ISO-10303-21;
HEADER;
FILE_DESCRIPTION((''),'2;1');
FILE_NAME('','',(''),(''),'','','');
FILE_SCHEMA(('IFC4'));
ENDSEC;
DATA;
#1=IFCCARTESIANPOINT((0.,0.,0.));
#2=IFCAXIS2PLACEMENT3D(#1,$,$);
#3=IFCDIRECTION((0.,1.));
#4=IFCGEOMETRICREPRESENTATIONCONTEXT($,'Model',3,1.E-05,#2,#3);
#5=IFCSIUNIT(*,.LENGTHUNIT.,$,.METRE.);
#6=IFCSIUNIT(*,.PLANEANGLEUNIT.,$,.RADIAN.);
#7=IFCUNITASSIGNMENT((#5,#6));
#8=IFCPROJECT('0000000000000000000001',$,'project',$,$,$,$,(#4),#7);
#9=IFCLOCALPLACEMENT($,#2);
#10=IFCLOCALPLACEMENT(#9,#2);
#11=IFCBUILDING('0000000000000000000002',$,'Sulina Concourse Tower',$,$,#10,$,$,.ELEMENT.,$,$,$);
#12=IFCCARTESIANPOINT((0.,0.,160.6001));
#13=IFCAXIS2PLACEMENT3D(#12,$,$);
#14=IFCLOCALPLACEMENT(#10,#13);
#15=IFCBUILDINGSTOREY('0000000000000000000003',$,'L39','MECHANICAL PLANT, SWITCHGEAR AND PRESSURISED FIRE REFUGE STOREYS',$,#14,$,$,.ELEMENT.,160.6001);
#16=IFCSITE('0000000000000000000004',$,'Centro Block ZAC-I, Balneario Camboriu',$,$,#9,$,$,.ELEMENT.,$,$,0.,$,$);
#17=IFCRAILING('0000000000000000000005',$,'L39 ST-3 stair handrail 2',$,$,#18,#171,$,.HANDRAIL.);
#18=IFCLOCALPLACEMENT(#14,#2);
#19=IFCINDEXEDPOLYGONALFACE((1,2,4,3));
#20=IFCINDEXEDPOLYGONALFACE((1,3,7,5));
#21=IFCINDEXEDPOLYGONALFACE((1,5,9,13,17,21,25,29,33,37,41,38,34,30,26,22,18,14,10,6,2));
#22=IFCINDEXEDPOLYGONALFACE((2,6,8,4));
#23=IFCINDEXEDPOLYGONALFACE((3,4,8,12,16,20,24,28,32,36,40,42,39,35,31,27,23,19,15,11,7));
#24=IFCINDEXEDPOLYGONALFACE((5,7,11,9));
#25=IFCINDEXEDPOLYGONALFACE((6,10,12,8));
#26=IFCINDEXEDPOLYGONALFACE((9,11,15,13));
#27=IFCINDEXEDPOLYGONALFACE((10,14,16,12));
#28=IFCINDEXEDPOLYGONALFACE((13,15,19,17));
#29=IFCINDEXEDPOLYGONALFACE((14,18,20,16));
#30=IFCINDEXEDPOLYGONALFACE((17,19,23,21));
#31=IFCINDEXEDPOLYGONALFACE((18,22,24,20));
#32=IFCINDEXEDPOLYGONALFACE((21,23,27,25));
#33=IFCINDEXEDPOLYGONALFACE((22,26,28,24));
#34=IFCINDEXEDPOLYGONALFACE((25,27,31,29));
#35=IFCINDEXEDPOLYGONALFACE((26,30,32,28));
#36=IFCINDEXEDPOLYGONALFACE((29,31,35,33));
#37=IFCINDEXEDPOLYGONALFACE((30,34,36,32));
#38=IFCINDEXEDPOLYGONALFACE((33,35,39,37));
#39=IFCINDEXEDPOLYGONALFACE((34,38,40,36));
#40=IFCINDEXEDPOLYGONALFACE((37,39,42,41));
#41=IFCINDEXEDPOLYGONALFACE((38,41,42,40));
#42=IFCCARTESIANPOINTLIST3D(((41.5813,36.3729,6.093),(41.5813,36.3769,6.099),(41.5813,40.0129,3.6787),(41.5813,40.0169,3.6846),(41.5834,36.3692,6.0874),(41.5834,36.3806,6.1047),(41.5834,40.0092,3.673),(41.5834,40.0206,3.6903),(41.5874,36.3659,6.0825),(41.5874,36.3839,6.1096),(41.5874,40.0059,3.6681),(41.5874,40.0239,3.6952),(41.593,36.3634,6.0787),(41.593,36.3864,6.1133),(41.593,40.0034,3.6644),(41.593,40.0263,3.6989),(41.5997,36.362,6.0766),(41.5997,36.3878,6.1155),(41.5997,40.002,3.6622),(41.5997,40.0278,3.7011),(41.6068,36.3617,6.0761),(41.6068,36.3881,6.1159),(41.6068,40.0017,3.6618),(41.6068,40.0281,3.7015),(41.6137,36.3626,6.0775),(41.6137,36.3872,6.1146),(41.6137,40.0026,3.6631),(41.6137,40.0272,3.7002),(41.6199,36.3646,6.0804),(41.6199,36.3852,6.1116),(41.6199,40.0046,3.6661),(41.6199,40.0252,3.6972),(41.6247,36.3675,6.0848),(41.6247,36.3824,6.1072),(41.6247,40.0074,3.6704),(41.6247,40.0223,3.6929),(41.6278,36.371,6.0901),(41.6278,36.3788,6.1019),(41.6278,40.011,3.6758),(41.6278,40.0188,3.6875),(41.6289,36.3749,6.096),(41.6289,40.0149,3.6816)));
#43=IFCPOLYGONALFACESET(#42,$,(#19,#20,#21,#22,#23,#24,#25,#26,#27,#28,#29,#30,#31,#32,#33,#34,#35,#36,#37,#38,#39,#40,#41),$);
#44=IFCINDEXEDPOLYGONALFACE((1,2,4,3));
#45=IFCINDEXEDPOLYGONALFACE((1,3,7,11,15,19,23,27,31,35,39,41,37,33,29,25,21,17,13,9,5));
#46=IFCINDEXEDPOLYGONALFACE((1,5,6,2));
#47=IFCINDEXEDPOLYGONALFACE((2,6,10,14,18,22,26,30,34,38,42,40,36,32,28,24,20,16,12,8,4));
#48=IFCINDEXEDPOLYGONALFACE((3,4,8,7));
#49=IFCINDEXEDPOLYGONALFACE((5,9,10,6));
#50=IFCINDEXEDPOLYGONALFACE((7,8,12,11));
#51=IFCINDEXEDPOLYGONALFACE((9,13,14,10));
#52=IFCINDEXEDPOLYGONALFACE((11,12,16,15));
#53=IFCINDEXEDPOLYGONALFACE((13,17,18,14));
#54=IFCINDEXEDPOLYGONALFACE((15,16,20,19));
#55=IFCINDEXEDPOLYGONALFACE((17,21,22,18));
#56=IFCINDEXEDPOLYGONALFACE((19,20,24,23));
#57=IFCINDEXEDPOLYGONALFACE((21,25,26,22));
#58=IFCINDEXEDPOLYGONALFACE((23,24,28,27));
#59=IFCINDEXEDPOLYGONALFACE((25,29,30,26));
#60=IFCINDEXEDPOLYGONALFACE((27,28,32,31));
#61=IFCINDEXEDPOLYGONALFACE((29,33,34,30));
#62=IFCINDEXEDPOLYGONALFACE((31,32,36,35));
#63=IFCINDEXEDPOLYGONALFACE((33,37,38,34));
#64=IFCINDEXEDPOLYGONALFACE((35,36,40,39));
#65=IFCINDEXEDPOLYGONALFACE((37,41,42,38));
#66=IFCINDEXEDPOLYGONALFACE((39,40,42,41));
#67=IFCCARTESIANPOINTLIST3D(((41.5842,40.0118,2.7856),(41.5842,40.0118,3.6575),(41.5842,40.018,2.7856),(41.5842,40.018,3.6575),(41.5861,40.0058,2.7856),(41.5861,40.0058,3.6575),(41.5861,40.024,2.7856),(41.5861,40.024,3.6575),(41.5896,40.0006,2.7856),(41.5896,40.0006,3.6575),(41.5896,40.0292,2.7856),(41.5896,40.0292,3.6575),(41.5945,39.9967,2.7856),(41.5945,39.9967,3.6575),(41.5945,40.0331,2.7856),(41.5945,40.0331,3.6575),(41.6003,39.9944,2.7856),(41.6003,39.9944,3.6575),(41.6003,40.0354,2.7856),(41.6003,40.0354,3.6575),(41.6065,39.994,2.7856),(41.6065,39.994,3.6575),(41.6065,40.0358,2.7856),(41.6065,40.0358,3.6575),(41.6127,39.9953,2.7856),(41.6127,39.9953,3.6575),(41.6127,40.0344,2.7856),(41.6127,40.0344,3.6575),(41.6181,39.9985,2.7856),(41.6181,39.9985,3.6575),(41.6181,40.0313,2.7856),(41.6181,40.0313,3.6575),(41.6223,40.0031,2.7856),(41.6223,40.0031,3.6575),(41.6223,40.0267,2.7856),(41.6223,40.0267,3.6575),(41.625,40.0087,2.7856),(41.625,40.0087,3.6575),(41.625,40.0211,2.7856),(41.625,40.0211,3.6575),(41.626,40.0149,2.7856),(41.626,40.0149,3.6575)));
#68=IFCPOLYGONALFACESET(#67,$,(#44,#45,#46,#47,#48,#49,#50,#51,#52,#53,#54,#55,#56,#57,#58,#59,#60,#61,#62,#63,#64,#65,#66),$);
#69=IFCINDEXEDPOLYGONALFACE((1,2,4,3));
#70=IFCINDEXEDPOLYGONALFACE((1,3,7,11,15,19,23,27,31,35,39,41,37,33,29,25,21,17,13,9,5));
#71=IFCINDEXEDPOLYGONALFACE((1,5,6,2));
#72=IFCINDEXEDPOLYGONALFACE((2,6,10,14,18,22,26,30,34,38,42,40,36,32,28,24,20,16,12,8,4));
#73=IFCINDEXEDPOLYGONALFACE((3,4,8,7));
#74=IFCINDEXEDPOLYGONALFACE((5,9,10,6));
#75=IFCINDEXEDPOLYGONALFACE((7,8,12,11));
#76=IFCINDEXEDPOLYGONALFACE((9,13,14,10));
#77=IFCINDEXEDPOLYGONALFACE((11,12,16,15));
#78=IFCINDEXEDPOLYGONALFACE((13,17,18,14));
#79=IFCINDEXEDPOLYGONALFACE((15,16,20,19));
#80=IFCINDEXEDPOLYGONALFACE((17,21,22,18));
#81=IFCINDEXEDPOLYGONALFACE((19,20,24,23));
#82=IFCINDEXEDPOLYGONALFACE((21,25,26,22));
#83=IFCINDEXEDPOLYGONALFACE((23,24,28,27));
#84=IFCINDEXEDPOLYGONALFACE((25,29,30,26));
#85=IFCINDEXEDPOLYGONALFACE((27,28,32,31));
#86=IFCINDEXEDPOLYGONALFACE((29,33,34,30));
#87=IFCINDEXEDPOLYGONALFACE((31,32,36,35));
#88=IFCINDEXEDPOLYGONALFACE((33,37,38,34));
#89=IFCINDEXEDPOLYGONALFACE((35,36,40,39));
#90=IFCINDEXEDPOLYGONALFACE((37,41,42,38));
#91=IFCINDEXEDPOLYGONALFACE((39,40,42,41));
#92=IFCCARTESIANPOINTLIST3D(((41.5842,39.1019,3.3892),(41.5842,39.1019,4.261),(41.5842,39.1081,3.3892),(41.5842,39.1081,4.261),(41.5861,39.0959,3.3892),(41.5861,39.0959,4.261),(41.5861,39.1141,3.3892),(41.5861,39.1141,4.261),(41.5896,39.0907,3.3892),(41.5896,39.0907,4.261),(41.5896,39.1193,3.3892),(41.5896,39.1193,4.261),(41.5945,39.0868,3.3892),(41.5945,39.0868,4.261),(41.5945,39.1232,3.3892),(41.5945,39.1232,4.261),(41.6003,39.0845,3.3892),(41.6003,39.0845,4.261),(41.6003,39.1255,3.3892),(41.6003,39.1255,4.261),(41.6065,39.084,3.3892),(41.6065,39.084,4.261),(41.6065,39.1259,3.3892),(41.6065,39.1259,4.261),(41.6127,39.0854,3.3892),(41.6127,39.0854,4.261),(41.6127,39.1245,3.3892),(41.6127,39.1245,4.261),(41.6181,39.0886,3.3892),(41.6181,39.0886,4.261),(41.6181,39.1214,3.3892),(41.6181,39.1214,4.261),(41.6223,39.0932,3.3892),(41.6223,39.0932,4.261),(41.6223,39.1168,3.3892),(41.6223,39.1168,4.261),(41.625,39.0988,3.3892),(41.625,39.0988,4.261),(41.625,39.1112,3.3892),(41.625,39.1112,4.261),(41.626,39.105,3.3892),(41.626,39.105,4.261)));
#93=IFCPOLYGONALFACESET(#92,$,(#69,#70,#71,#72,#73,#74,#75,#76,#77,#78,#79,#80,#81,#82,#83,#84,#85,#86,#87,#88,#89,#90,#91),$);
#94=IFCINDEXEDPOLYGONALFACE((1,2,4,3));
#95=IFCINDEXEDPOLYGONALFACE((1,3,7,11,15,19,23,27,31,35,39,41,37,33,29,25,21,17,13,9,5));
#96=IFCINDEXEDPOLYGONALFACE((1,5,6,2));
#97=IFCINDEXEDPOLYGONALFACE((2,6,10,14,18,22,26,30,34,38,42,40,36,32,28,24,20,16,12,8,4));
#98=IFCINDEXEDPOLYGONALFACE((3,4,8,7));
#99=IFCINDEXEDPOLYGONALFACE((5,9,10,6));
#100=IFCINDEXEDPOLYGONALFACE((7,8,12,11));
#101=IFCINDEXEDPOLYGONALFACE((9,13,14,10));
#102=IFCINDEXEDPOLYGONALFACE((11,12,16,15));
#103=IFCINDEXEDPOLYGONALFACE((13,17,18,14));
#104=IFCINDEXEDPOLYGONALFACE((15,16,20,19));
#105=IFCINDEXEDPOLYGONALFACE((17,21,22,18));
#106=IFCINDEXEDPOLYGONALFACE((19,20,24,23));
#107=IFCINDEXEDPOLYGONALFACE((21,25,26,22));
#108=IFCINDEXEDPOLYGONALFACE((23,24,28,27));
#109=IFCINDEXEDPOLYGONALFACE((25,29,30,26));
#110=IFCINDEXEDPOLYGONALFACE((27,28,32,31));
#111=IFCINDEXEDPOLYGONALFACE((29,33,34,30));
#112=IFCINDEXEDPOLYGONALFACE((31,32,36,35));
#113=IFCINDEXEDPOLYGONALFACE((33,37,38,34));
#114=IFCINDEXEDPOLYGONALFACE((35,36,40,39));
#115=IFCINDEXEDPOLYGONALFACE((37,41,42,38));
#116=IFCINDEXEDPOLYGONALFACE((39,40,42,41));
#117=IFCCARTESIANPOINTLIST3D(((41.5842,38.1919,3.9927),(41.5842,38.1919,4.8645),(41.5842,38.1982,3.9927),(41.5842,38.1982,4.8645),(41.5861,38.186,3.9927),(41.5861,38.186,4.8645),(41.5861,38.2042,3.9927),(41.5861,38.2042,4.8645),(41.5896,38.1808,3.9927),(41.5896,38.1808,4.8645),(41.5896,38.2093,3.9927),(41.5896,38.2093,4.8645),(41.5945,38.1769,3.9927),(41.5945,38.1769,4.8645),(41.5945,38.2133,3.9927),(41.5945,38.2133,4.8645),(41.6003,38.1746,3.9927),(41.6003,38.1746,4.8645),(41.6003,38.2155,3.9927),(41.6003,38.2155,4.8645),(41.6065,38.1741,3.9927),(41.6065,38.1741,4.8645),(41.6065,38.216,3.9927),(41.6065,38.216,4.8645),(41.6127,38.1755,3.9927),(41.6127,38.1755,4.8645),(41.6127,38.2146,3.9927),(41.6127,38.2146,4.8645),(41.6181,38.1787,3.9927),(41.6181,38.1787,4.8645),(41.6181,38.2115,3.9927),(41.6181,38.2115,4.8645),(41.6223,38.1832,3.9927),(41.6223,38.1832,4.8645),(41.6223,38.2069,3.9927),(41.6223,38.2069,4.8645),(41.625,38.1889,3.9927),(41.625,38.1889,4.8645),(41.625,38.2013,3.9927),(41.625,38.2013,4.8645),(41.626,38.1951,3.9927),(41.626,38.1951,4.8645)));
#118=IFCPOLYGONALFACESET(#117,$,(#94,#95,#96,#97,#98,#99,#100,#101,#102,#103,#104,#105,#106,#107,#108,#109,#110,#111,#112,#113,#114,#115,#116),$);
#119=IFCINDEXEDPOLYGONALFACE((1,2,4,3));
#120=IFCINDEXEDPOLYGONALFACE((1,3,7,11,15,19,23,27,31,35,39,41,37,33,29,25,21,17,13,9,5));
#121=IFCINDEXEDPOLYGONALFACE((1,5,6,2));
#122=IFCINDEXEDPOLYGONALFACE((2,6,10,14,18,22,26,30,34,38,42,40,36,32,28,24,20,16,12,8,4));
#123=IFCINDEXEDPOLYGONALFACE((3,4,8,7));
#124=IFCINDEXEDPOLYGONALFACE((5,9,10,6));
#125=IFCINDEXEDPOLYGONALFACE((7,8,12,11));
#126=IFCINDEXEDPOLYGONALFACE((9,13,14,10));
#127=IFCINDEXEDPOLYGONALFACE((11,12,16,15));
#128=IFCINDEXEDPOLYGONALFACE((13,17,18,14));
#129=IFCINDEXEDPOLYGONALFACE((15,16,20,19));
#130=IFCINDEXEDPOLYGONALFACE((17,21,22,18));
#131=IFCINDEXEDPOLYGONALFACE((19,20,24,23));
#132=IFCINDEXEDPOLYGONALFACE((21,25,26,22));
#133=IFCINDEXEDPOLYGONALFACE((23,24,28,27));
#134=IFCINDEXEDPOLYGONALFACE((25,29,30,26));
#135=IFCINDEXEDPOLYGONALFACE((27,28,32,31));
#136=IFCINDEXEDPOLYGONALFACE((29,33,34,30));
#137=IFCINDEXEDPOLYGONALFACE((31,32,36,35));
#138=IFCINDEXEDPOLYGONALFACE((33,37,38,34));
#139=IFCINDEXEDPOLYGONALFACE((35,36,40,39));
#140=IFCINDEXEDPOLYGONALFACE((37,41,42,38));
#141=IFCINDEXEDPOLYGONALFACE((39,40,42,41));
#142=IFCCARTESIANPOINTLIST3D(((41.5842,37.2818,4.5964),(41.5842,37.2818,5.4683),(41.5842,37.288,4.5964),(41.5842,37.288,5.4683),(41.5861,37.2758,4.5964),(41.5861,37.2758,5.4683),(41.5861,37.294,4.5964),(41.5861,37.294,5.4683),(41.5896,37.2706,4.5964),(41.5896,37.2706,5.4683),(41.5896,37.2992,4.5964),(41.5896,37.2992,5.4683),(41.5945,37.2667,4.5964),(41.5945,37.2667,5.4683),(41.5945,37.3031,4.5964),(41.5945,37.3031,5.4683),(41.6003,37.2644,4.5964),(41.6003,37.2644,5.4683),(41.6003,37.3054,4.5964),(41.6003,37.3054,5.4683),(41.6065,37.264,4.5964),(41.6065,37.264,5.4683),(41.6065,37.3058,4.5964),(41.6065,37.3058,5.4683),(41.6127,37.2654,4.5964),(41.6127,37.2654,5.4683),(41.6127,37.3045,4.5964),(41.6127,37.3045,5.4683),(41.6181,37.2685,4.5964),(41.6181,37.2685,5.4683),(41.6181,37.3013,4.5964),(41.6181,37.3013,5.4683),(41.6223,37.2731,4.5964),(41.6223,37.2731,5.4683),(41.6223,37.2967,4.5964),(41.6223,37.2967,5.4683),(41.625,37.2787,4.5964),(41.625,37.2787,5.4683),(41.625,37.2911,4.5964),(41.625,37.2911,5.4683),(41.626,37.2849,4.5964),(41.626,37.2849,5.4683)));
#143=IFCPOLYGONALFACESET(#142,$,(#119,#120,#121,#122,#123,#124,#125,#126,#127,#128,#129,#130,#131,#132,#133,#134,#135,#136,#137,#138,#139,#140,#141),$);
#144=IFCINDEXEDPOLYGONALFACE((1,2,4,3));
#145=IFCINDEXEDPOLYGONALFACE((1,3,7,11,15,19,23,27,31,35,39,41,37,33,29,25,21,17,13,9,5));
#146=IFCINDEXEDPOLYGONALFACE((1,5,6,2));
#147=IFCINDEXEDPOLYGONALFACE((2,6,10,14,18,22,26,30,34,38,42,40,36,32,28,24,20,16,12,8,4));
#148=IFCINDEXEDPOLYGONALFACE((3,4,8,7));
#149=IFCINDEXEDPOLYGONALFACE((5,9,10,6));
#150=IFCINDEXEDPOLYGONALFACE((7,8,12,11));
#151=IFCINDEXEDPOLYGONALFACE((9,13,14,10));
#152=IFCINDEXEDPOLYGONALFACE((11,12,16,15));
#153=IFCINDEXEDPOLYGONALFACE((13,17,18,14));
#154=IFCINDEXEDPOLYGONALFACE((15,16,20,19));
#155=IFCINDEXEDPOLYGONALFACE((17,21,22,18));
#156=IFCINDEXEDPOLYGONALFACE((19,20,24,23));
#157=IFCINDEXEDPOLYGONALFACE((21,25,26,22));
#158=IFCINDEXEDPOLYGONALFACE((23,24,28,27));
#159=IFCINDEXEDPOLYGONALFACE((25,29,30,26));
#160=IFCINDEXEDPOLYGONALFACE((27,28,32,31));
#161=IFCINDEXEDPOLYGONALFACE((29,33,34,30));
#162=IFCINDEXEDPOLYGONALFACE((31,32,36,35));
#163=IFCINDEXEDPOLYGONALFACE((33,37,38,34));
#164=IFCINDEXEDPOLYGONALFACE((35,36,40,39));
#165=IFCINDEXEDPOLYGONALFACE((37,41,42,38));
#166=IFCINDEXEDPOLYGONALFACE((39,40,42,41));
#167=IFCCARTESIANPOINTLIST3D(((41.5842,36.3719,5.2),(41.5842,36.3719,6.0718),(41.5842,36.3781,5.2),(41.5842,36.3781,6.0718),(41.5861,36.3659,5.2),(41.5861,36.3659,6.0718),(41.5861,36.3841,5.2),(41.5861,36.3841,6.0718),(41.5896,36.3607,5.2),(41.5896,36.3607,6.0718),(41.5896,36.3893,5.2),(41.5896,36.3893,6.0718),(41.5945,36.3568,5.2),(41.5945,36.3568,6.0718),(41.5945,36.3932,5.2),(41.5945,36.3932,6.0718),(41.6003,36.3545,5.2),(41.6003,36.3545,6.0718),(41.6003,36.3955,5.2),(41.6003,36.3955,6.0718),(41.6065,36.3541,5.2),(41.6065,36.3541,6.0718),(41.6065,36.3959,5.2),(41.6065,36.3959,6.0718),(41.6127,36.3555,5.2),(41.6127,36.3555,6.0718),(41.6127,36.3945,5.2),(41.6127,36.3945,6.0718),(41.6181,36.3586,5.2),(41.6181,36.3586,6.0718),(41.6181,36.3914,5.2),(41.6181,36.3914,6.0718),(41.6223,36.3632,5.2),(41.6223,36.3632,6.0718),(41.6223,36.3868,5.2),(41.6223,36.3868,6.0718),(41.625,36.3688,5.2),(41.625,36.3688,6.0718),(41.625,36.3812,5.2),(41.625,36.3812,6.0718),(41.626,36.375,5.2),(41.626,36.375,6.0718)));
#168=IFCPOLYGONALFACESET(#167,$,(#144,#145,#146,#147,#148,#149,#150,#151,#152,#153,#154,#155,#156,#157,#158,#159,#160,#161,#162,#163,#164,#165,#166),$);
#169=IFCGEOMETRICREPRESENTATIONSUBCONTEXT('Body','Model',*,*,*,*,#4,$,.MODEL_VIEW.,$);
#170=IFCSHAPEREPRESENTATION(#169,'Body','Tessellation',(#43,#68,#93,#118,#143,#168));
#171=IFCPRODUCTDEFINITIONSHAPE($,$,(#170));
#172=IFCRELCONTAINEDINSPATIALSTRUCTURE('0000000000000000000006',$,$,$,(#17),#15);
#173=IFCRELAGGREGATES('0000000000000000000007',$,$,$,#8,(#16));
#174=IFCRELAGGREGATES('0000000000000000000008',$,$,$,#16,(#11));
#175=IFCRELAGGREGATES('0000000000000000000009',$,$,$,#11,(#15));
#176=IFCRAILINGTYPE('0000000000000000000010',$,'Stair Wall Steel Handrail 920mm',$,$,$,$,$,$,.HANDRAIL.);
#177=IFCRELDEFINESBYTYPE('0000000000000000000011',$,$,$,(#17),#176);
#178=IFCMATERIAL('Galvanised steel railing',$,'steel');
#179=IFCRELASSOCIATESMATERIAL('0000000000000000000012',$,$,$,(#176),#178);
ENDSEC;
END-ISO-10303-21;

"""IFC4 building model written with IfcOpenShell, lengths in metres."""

from ifc_helpers import new_model, si_unit, direction, frame, origin, origin_2d, place, context, subcontext, project, spatial, circle, extrude, material, type_object, element, save


model = new_model("IFC4")

# Units and contexts
model_context = context("Model", 3, precision=1e-05, world=origin(), true_north=direction((0.0, 1.0)))
body_context = subcontext(model_context, "Body", "Model", "MODEL_VIEW")
ifc_project = project(units=[si_unit("LENGTHUNIT", "METRE"), si_unit("PLANEANGLEUNIT", "RADIAN")], contexts=[model_context])

# Site, building, storey
site_placement = place(None, origin())
site = spatial("IfcSite", under=ifc_project, at=site_placement, Name="Centro Block ZAC-I, Balneario Camboriu", CompositionType="ELEMENT", RefElevation=0.0)
building_placement = place(site_placement, origin())
building = spatial("IfcBuilding", under=site, at=building_placement, Name="Sulina Concourse Tower", CompositionType="ELEMENT")
storey_placement = place(building_placement, frame((0.0, 0.0, 160.6001)))
storey = spatial("IfcBuildingStorey", under=building, at=storey_placement, Name="L39", Description="MECHANICAL PLANT, SWITCHGEAR AND PRESSURISED FIRE REFUGE STOREYS", CompositionType="ELEMENT", Elevation=160.6001)

# Railing
ifc_material_1 = material(Name="Galvanised steel railing", Category="steel")
railing_type_1 = type_object("IfcRailingType", Name="Stair Wall Steel Handrail 920mm", PredefinedType="HANDRAIL", material=ifc_material_1)
railing_1_placement = place(storey_placement, frame((41.605, 40.0149, 2.7856)))
element("IfcRailing", 1, at=railing_1_placement, inside=storey, type_object=railing_type_1, Name="L39 ST-3 stair handrail 2", PredefinedType="HANDRAIL", context=body_context, shape_type="SweptSolid", body=[
    extrude(circle(Radius=0.0239, at=origin_2d()), frame((0.0, 0.0, 0.896), z_axis=(0.0, -0.833347, 0.552751), x_axis=(1.0, 0.0, 0.0)), (0.0, 0.0, 1.0), 4.3679),
    extrude(circle(Radius=0.021, at=origin_2d()), origin(), (0.0, 0.0, 1.0), 0.8718),
    extrude(circle(Radius=0.021, at=origin_2d()), frame((0.0, -0.9099, 0.6035)), (0.0, 0.0, 1.0), 0.8718),
    extrude(circle(Radius=0.021, at=origin_2d()), frame((0.0, -1.8198, 1.207)), (0.0, 0.0, 1.0), 0.8718),
    extrude(circle(Radius=0.021, at=origin_2d()), frame((0.0, -2.73, 1.8108)), (0.0, 0.0, 1.0), 0.8718),
    extrude(circle(Radius=0.021, at=origin_2d()), frame((0.0, -3.6399, 2.4143)), (0.0, 0.0, 1.0), 0.8718),
])

save(model, "model.ifc")
